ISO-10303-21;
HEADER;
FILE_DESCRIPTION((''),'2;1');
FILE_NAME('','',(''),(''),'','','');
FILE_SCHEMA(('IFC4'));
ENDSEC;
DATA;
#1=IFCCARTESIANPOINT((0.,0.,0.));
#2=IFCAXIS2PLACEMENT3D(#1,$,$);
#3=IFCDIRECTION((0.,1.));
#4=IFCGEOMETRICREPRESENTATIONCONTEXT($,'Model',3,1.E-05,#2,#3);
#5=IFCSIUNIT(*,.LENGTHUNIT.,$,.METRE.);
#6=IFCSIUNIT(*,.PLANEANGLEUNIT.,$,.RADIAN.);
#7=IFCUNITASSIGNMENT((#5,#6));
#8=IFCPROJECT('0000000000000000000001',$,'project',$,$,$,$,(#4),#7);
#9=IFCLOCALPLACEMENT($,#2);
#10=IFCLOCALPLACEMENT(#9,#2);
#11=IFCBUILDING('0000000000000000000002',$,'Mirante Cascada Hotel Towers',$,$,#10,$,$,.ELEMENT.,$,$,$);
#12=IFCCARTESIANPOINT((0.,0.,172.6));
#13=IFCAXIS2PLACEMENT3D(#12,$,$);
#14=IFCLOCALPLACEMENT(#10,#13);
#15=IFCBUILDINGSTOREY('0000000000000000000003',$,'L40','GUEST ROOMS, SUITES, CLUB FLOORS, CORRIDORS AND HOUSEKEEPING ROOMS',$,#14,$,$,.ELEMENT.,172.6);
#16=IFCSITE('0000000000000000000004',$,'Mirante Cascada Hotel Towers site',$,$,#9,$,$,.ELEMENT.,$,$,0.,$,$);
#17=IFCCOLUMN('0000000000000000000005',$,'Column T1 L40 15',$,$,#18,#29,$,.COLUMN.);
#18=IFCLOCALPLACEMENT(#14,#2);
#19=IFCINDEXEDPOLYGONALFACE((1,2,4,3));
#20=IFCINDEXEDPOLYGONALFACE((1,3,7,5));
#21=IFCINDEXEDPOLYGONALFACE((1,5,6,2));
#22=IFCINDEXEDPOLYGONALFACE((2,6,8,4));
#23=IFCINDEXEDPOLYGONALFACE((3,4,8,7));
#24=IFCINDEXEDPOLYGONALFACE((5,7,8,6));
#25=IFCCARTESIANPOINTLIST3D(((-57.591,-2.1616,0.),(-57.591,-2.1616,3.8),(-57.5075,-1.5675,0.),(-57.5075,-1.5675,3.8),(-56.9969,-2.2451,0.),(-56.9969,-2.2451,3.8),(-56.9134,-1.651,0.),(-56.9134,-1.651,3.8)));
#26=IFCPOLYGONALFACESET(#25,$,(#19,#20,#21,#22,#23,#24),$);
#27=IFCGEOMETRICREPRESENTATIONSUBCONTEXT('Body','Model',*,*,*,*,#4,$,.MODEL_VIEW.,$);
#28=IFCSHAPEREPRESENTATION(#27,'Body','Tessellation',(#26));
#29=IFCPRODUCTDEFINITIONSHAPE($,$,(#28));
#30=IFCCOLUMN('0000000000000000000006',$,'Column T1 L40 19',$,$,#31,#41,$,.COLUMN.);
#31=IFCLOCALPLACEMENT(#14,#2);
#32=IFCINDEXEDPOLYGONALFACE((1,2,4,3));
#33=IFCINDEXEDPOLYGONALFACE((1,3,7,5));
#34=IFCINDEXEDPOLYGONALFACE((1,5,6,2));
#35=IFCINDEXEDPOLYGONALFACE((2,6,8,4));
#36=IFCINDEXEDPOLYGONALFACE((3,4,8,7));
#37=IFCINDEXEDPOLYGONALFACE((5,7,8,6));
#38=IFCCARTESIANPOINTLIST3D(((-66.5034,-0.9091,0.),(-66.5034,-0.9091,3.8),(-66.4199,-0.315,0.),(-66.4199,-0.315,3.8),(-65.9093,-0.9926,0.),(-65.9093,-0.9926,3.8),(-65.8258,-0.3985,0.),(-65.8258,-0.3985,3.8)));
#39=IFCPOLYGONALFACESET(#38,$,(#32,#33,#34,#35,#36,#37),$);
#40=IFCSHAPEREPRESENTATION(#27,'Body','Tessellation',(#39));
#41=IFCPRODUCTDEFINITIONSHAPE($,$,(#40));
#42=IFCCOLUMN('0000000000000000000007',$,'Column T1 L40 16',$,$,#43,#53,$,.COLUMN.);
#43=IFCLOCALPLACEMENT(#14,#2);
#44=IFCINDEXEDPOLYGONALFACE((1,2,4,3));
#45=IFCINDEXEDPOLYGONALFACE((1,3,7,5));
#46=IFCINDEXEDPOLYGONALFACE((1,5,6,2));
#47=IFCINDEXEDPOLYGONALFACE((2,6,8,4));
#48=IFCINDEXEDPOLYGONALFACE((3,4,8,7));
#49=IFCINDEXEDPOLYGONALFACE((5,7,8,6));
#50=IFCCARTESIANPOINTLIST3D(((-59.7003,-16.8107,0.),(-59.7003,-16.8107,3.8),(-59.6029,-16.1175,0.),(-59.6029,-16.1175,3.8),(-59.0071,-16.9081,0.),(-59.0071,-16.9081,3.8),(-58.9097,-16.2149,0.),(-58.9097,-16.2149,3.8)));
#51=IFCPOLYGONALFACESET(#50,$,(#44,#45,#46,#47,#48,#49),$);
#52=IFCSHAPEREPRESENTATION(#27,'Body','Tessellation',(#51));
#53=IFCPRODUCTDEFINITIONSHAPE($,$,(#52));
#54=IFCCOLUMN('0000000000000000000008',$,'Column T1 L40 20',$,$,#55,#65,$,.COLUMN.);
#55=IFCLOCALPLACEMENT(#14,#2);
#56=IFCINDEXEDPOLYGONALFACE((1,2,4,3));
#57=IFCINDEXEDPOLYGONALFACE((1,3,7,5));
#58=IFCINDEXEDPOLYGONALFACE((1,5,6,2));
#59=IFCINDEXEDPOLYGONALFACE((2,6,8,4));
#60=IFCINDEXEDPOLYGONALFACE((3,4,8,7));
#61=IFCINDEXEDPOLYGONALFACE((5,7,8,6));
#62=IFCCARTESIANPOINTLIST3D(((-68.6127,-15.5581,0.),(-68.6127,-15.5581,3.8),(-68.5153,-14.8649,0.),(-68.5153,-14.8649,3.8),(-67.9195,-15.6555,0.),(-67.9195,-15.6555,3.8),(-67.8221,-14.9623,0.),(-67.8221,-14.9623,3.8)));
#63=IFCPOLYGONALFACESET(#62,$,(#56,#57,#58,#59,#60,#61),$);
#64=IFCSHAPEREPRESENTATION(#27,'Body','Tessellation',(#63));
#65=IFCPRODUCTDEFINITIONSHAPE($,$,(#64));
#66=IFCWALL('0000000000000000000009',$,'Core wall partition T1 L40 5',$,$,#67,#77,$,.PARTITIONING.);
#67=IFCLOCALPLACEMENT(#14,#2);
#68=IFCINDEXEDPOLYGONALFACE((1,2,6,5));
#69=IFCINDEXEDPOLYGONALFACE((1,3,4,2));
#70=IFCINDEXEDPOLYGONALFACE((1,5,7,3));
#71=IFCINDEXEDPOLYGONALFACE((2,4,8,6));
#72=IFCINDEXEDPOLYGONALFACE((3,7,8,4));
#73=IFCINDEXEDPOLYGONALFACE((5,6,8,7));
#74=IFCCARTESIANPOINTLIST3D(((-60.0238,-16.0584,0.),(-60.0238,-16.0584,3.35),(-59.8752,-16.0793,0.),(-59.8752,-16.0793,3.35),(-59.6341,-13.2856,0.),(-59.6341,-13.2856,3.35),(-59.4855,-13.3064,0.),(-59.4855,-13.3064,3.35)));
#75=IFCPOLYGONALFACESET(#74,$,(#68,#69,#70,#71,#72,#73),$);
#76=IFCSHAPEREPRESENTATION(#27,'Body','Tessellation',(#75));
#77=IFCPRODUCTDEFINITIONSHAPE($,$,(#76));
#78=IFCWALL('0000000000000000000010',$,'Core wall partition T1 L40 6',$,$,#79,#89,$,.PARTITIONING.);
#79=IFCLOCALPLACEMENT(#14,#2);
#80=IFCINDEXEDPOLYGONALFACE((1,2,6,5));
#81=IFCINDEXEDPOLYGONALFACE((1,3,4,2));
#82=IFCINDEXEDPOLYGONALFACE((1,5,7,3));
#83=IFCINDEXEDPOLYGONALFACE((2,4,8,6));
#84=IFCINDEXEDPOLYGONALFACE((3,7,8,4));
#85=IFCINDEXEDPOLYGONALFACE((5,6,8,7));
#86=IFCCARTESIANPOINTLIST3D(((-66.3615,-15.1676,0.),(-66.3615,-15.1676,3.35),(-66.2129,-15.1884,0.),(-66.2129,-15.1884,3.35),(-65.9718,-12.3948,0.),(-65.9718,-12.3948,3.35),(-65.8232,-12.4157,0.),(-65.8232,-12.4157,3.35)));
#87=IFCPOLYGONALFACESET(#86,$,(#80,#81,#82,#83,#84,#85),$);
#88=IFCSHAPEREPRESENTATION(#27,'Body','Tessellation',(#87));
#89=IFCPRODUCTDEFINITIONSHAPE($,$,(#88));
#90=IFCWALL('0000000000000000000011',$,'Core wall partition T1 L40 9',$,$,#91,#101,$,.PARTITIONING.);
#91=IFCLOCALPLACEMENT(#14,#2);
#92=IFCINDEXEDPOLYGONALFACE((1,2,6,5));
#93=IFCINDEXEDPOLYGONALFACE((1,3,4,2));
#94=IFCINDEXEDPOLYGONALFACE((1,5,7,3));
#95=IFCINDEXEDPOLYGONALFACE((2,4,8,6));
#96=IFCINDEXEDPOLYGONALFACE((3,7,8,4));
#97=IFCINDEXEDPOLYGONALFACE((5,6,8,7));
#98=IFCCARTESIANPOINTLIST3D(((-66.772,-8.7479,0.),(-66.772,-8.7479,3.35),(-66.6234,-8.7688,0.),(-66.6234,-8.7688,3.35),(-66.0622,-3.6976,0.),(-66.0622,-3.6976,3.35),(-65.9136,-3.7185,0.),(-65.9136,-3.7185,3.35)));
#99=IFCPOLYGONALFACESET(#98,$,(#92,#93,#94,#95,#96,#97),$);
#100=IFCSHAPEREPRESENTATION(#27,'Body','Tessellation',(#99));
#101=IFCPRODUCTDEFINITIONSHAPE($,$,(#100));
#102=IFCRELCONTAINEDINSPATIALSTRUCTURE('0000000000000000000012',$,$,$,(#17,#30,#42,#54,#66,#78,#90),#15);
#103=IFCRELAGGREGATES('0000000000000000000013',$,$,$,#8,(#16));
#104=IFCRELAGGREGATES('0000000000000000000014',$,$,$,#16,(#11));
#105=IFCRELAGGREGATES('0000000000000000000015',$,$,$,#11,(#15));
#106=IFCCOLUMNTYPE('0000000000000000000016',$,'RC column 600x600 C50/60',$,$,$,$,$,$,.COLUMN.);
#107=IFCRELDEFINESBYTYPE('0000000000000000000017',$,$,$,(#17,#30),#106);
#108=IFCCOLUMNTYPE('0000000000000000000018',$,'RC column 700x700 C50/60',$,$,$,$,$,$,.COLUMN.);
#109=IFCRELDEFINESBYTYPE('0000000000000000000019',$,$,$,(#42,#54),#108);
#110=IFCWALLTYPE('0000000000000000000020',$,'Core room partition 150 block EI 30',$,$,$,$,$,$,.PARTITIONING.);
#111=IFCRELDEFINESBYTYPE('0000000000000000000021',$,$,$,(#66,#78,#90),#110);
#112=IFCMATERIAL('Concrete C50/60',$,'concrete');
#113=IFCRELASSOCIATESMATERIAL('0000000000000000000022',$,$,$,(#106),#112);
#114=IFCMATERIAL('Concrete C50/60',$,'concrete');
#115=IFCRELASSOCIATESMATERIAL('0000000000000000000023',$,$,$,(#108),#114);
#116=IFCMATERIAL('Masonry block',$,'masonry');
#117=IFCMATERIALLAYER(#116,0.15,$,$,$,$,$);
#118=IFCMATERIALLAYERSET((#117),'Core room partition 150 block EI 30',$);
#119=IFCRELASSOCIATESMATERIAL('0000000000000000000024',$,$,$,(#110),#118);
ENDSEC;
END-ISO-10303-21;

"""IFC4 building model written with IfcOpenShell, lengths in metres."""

from ifc_helpers import new_model, si_unit, direction, frame, frame_2d, origin, origin_2d, place, context, subcontext, project, spatial, rectangle, extrude, material, layer, layer_set, material_profile, profile_set, type_object, element, save


model = new_model("IFC4")

# Units and contexts
model_context = context("Model", 3, precision=1e-05, world=origin(), true_north=direction((0.0, 1.0)))
body_context = subcontext(model_context, "Body", "Model", "MODEL_VIEW")
ifc_project = project(units=[si_unit("LENGTHUNIT", "METRE"), si_unit("PLANEANGLEUNIT", "RADIAN")], contexts=[model_context])

# Site, building, storey
site_placement = place(None, origin())
site = spatial("IfcSite", under=ifc_project, at=site_placement, Name="Mirante Cascada Hotel Towers site", CompositionType="ELEMENT", RefElevation=0.0)
building_placement = place(site_placement, origin())
building = spatial("IfcBuilding", under=site, at=building_placement, Name="Mirante Cascada Hotel Towers", CompositionType="ELEMENT")
storey_placement = place(building_placement, frame((0.0, 0.0, 172.6)))
storey = spatial("IfcBuildingStorey", under=building, at=storey_placement, Name="L40", Description="GUEST ROOMS, SUITES, CLUB FLOORS, CORRIDORS AND HOUSEKEEPING ROOMS", CompositionType="ELEMENT", Elevation=172.6)

# Columns
ifc_material_1 = material(Name="Concrete C50/60", Category="concrete")
ifc_material_profile_1 = material_profile(ifc_material_1, rectangle(XDim=0.6, YDim=0.6, at=origin_2d()), Name="RC column 600x600 C50/60")
ifc_profile_set_1 = profile_set([ifc_material_profile_1], Name="Concrete C50/60")
column_type_1 = type_object("IfcColumnType", Name="RC column 600x600 C50/60", PredefinedType="COLUMN", material=ifc_profile_set_1)
for number, where, z_axis, x_axis, name in (
    (1, (-57.2522, -1.9063, 0.0), (0.0, 0.0, 1.0), (-0.990268, 0.139173, 0.0), "Column T1 L40 15"),
    (2, (-66.1646, -0.6538, 0.0), (0.0, 0.0, 1.0), (-0.990268, 0.139173, 0.0), "Column T1 L40 19"),
):
    element("IfcColumn", number, at=place(storey_placement, frame(where, z_axis=z_axis, x_axis=x_axis)), inside=storey, type_object=column_type_1, Name=name, PredefinedType="COLUMN", context=body_context, shape_type="SweptSolid", body=[
        extrude(rectangle(XDim=0.6, YDim=0.6, at=origin_2d()), origin(), (0.0, 0.0, 1.0), 3.8),
    ])
ifc_material_2 = material(Name="Concrete C50/60", Category="concrete")
ifc_material_profile_2 = material_profile(ifc_material_2, rectangle(XDim=0.7, YDim=0.7, at=origin_2d()), Name="RC column 700x700 C50/60")
ifc_profile_set_2 = profile_set([ifc_material_profile_2], Name="Concrete C50/60")
column_type_2 = type_object("IfcColumnType", Name="RC column 700x700 C50/60", PredefinedType="COLUMN", material=ifc_profile_set_2)
for number, where, z_axis, x_axis, name in (
    (3, (-59.305, -16.5128, 0.0), (0.0, 0.0, 1.0), (-0.990268, 0.139173, 0.0), "Column T1 L40 16"),
    (4, (-68.2174, -15.2602, 0.0), (0.0, 0.0, 1.0), (-0.990268, 0.139173, 0.0), "Column T1 L40 20"),
):
    element("IfcColumn", number, at=place(storey_placement, frame(where, z_axis=z_axis, x_axis=x_axis)), inside=storey, type_object=column_type_2, Name=name, PredefinedType="COLUMN", context=body_context, shape_type="SweptSolid", body=[
        extrude(rectangle(XDim=0.7, YDim=0.7, at=origin_2d()), origin(), (0.0, 0.0, 1.0), 3.8),
    ])

# Walls
ifc_material_3 = material(Name="Masonry block", Category="masonry")
ifc_layer_1 = layer(ifc_material_3, 0.15)
ifc_layer_set_1 = layer_set([ifc_layer_1], Name="Core room partition 150 block EI 30")
wall_type_1 = type_object("IfcWallType", Name="Core room partition 150 block EI 30", PredefinedType="PARTITIONING", material=ifc_layer_set_1)
wall_1_placement = place(storey_placement, frame((-59.9495, -16.0688, 0.0), z_axis=(0.0, 0.0, 1.0), x_axis=(0.139176, 0.990268, 0.0)))
element("IfcWall", 5, at=wall_1_placement, inside=storey, type_object=wall_type_1, Name="Core wall partition T1 L40 5", PredefinedType="PARTITIONING", context=body_context, shape_type="SweptSolid", body=[
    extrude(rectangle(XDim=2.8001, YDim=0.15, at=frame_2d((1.4, 0.0))), origin(), (0.0, 0.0, 1.0), 3.35),
])
wall_2_placement = place(storey_placement, frame((-66.2872, -15.178, 0.0), z_axis=(0.0, 0.0, 1.0), x_axis=(0.139181, 0.990267, 0.0)))
element("IfcWall", 6, at=wall_2_placement, inside=storey, type_object=wall_type_1, Name="Core wall partition T1 L40 6", PredefinedType="PARTITIONING", context=body_context, shape_type="SweptSolid", body=[
    extrude(rectangle(XDim=2.8, YDim=0.15, at=frame_2d((1.4, 0.0))), origin(), (0.0, 0.0, 1.0), 3.35),
])
wall_3_placement = place(storey_placement, frame((-66.6977, -8.7584, 0.0), z_axis=(0.0, 0.0, 1.0), x_axis=(0.139178, 0.990267, 0.0)))
element("IfcWall", 7, at=wall_3_placement, inside=storey, type_object=wall_type_1, Name="Core wall partition T1 L40 9", PredefinedType="PARTITIONING", context=body_context, shape_type="SweptSolid", body=[
    extrude(rectangle(XDim=5.0999, YDim=0.15, at=frame_2d((2.55, 0.0))), origin(), (0.0, 0.0, 1.0), 3.35),
])

save(model, "model.ifc")
